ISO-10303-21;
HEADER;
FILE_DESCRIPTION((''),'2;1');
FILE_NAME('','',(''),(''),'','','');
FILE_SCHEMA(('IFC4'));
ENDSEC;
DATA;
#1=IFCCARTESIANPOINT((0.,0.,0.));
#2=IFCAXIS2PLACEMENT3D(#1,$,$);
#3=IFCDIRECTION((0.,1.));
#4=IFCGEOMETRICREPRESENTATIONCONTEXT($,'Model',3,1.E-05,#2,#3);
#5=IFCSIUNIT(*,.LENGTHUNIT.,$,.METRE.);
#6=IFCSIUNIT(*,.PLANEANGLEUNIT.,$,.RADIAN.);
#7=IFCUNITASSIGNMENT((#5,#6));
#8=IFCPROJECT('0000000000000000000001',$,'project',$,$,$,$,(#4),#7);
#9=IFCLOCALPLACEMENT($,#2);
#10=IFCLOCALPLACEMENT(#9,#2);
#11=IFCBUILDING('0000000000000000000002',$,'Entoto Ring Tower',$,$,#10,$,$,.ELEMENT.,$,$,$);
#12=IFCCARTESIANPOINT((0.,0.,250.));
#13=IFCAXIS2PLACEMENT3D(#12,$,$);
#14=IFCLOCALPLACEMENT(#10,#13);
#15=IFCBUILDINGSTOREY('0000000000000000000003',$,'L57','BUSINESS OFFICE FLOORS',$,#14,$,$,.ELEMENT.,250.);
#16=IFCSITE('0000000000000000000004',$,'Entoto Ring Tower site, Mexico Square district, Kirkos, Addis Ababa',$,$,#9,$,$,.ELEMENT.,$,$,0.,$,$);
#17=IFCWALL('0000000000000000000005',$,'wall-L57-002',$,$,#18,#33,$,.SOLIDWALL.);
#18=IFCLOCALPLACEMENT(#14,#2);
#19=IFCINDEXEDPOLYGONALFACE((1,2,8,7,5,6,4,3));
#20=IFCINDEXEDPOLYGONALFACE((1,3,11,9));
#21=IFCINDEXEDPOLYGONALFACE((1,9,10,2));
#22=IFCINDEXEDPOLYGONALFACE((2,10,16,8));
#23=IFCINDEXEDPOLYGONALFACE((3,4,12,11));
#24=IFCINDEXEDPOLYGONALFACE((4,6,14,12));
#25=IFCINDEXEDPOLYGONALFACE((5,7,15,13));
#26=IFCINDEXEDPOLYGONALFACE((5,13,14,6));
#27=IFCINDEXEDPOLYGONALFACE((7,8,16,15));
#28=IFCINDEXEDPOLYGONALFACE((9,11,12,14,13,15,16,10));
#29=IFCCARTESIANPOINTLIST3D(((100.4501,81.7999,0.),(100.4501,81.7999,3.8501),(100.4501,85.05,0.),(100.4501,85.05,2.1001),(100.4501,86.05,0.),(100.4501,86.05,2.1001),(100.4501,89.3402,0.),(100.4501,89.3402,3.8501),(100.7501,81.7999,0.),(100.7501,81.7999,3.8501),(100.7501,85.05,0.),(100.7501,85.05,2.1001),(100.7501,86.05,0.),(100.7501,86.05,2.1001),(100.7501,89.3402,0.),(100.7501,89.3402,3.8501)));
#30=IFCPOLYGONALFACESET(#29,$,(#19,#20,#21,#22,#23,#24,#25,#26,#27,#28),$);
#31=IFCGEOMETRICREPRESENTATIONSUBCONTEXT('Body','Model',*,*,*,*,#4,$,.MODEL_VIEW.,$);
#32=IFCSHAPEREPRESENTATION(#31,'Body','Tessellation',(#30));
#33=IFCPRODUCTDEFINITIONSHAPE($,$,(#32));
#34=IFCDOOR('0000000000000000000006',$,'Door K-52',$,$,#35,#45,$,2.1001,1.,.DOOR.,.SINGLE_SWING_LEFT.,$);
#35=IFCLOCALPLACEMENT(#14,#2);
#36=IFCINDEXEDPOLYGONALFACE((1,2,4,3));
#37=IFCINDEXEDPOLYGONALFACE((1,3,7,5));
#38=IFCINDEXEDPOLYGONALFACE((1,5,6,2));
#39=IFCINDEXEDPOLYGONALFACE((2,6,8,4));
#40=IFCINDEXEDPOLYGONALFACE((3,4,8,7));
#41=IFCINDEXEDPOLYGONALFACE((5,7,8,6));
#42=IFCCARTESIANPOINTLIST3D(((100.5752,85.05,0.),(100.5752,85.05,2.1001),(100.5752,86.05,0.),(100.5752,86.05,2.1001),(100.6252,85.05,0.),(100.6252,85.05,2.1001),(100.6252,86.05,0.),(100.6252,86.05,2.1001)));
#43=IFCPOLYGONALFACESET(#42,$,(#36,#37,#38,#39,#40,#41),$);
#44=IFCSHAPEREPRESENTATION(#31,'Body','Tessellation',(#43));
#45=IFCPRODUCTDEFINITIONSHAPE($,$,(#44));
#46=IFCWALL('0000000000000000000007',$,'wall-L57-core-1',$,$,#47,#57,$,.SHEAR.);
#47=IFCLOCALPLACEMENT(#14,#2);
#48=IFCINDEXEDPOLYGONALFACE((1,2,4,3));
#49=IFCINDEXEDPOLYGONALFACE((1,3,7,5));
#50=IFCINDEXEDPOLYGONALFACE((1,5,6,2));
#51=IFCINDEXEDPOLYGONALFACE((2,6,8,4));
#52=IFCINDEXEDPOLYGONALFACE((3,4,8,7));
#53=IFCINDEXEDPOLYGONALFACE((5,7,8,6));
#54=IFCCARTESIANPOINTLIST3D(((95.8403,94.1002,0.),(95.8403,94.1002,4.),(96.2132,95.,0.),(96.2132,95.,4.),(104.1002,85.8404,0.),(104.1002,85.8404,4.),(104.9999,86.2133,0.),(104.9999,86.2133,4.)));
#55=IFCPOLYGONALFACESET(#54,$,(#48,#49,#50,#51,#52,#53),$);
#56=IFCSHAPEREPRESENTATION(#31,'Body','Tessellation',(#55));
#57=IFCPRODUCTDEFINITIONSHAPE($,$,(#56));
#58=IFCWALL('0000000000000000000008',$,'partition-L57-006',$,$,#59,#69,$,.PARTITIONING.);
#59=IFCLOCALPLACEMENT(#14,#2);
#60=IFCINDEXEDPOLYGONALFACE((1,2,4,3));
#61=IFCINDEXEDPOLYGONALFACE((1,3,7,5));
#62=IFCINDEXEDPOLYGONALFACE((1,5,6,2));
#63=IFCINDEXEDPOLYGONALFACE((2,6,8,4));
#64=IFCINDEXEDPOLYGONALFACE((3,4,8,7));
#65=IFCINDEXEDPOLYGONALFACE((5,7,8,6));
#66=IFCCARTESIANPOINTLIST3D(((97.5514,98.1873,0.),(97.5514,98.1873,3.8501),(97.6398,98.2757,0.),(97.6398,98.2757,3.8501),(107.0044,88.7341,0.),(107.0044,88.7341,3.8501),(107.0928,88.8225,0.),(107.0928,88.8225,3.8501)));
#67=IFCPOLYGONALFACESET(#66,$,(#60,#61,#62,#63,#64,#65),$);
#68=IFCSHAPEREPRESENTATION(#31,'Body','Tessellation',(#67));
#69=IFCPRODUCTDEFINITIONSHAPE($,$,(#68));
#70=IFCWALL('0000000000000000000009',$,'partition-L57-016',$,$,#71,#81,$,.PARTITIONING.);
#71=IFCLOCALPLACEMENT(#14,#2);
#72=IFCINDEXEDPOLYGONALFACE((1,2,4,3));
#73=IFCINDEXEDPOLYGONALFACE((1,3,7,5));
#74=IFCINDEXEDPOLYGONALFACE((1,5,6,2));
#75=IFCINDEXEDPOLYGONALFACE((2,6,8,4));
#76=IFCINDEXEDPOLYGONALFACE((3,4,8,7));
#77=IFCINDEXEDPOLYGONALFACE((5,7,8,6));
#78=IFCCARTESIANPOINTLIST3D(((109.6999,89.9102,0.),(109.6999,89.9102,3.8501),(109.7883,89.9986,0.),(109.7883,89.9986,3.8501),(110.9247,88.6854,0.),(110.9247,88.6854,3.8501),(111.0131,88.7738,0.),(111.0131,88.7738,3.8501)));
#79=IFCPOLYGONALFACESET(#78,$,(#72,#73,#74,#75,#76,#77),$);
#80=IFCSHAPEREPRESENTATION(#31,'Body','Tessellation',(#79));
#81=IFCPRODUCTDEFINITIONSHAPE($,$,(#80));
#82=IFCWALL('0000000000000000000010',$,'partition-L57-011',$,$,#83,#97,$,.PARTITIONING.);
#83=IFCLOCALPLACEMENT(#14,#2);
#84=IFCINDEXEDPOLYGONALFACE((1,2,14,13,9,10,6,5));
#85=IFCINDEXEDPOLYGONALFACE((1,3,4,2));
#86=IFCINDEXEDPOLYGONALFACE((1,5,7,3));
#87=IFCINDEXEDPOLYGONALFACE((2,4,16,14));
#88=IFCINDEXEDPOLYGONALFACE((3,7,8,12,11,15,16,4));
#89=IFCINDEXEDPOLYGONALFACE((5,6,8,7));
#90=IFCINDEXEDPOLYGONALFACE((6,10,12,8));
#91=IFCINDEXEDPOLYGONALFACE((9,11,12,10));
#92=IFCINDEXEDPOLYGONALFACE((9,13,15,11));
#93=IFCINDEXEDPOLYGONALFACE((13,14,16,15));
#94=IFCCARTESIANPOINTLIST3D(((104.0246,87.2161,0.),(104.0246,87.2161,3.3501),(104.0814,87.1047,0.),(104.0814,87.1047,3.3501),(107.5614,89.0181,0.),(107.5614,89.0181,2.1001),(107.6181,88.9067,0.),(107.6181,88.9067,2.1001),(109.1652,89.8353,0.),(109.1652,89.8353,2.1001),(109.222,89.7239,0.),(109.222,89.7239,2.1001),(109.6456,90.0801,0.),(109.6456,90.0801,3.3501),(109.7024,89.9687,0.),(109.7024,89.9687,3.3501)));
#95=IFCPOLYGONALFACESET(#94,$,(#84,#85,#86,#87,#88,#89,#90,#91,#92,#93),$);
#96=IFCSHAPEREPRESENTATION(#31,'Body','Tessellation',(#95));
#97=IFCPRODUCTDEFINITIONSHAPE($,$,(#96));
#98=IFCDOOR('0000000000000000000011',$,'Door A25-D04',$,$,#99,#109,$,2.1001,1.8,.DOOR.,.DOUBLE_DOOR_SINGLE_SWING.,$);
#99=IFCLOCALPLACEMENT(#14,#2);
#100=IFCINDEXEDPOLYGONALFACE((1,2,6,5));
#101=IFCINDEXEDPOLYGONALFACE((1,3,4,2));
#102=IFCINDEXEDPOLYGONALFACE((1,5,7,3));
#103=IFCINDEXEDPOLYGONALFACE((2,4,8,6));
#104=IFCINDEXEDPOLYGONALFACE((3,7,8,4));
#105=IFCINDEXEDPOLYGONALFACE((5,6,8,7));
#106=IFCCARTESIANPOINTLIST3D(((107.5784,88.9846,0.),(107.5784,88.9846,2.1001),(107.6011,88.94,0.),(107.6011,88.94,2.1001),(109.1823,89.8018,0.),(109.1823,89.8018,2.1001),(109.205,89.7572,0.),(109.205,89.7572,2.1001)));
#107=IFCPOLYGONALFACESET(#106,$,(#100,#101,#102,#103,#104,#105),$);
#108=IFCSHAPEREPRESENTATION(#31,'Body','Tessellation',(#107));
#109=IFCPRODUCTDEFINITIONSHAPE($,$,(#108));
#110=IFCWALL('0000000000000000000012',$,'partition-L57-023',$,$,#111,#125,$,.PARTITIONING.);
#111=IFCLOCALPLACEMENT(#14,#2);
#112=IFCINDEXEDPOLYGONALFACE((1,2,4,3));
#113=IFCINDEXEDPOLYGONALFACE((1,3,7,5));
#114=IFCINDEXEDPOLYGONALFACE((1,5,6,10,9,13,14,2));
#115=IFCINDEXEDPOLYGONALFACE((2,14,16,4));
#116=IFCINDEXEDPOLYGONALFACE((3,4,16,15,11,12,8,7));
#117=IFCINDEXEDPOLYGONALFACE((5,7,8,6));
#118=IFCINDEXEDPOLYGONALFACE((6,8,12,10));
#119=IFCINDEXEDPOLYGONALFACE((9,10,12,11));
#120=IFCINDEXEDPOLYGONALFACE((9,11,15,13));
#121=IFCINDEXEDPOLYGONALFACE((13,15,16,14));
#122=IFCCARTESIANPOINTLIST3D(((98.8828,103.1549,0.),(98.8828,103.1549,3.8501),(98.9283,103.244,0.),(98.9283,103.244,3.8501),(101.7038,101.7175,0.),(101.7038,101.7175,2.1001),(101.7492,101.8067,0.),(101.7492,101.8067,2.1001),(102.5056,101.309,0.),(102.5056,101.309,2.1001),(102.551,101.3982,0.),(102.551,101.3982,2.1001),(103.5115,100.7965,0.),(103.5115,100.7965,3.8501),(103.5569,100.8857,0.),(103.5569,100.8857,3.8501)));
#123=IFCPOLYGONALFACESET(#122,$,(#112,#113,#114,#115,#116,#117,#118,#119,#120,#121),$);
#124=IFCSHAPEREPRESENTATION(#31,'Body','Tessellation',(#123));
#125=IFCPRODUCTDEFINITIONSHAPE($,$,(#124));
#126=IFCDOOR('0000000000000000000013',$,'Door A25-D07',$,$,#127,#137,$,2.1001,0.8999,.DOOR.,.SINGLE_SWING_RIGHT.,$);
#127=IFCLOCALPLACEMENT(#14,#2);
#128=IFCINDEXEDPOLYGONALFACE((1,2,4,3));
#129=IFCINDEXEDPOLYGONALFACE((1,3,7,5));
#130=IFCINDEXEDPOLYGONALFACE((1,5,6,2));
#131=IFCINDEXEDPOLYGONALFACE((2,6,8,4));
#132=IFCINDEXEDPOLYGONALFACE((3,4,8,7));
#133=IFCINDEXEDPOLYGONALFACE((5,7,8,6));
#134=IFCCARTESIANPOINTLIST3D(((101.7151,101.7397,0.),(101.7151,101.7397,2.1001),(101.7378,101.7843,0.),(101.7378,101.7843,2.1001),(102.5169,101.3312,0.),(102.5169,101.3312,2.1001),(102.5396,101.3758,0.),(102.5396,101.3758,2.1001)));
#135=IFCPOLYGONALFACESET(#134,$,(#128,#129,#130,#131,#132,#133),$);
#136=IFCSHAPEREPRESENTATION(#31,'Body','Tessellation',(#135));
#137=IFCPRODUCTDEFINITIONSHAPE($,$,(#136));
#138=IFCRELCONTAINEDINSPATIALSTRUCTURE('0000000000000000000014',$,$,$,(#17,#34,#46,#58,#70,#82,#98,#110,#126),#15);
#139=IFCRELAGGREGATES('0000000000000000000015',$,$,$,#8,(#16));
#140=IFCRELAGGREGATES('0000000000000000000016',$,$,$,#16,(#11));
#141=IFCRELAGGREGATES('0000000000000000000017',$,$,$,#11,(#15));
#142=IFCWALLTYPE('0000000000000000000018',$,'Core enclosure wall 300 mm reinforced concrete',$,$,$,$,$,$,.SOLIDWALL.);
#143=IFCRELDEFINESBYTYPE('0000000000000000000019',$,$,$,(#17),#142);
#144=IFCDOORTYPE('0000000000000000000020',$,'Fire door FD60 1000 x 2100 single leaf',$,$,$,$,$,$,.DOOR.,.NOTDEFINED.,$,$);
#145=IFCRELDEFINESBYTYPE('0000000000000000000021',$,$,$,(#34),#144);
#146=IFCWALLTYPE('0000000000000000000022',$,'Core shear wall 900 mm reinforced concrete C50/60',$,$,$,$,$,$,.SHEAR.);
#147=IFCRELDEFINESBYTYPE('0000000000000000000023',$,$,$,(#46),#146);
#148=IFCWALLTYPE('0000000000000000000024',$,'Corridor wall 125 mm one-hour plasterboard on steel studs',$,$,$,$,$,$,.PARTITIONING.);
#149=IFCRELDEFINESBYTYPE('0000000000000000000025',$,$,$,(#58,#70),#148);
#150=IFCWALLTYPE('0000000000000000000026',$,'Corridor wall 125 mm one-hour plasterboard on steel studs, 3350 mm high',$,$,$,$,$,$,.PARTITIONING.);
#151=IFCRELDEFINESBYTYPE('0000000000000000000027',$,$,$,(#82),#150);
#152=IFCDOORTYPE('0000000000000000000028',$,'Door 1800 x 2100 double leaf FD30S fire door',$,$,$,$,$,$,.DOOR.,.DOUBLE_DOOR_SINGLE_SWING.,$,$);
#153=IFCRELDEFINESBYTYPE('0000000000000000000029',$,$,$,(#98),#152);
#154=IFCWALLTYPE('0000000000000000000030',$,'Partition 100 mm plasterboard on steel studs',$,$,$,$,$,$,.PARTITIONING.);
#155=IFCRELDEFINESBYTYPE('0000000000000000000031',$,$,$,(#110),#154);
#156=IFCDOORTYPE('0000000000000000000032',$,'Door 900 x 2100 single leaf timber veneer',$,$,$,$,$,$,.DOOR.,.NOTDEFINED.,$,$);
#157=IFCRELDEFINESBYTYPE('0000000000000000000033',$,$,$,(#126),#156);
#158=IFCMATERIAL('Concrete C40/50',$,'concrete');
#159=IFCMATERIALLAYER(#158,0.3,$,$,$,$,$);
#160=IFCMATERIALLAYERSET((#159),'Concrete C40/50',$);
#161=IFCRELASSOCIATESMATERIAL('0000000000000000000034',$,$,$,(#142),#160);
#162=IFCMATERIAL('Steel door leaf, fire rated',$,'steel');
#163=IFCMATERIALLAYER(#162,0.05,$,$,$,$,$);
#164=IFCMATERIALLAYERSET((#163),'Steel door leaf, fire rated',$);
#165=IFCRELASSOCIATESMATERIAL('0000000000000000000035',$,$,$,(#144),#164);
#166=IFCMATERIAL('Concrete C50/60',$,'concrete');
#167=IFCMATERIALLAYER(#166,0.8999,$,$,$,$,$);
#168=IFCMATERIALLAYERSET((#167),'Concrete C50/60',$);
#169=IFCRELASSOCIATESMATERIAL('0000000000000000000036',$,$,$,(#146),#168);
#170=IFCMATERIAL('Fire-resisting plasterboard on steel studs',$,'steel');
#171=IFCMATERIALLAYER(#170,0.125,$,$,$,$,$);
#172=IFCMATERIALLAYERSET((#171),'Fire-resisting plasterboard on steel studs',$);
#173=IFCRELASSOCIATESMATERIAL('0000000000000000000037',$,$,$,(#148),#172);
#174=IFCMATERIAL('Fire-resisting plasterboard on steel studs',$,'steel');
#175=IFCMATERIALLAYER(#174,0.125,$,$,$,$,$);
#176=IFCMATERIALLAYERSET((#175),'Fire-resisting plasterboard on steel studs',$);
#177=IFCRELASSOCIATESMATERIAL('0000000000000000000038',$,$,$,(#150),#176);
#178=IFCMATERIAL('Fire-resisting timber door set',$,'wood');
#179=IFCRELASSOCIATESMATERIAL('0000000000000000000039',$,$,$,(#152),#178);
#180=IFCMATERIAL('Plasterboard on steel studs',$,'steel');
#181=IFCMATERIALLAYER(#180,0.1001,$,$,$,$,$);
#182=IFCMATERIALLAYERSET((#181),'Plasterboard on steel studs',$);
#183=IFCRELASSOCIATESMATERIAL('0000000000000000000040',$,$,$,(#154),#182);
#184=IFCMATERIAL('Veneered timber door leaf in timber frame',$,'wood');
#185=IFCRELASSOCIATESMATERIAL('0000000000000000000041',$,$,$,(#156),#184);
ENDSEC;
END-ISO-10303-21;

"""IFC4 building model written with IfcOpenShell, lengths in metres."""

from ifc_helpers import new_model, si_unit, direction, frame, frame_2d, origin, place, context, subcontext, project, spatial, polyline, rectangle, outline, extrude, material, layer, layer_set, type_object, element, fill, save


model = new_model("IFC4")

# Units and contexts
model_context = context("Model", 3, precision=1e-05, world=origin(), true_north=direction((0.0, 1.0)))
body_context = subcontext(model_context, "Body", "Model", "MODEL_VIEW")
ifc_project = project(units=[si_unit("LENGTHUNIT", "METRE"), si_unit("PLANEANGLEUNIT", "RADIAN")], contexts=[model_context])

# Site, building, storey
site_placement = place(None, origin())
site = spatial("IfcSite", under=ifc_project, at=site_placement, Name="Entoto Ring Tower site, Mexico Square district, Kirkos, Addis Ababa", CompositionType="ELEMENT", RefElevation=0.0)
building_placement = place(site_placement, origin())
building = spatial("IfcBuilding", under=site, at=building_placement, Name="Entoto Ring Tower", CompositionType="ELEMENT")
storey_placement = place(building_placement, frame((0.0, 0.0, 250.0)))
storey = spatial("IfcBuildingStorey", under=building, at=storey_placement, Name="L57", Description="BUSINESS OFFICE FLOORS", CompositionType="ELEMENT", Elevation=250.0)

# Wall, opening, door
ifc_material_1 = material(Name="Concrete C40/50", Category="concrete")
ifc_layer_1 = layer(ifc_material_1, 0.3)
ifc_layer_set_1 = layer_set([ifc_layer_1], Name="Concrete C40/50")
wall_type_1 = type_object("IfcWallType", Name="Core enclosure wall 300 mm reinforced concrete", PredefinedType="SOLIDWALL", material=ifc_layer_set_1)
wall_1_placement = place(storey_placement, frame((100.6001, 81.8, 0.0), z_axis=(0.0, 0.0, 1.0), x_axis=(0.0, 1.0, 0.0)))
wall_1 = element("IfcWall", 1, at=wall_1_placement, inside=storey, type_object=wall_type_1, Name="wall-L57-002", PredefinedType="SOLIDWALL", context=body_context, shape_type="SweptSolid", body=[
    extrude(rectangle(XDim=7.5403, YDim=0.3, at=frame_2d((3.77, 0.0))), origin(), (0.0, 0.0, 1.0), 3.8501),
])
opening_1_placement = place(wall_1_placement, frame((3.25, 0.0, 0.0)))
opening_1 = element("IfcOpeningElement", 2, at=opening_1_placement, cuts=wall_1, PredefinedType="OPENING", context=body_context, shape_type="SweptSolid", body=[
    extrude(rectangle(XDim=1.0, YDim=2.1001, at=frame_2d((0.5, 1.05))), frame((0.0, 0.1602, 0.0), z_axis=(0.0, -1.0, 0.0), x_axis=(1.0, 0.0, 0.0)), (0.0, 0.0, 1.0), 0.3201),
])
ifc_material_2 = material(Name="Steel door leaf, fire rated", Category="steel")
ifc_layer_2 = layer(ifc_material_2, 0.05)
ifc_layer_set_2 = layer_set([ifc_layer_2], Name="Steel door leaf, fire rated")
door_type_1 = type_object("IfcDoorType", Name="Fire door FD60 1000 x 2100 single leaf", OperationType="NOTDEFINED", PredefinedType="DOOR", material=ifc_layer_set_2)
door_1_placement = place(opening_1_placement, origin())
door_1 = element("IfcDoor", 3, at=door_1_placement, inside=storey, type_object=door_type_1, Name="Door K-52", OperationType="SINGLE_SWING_LEFT", OverallHeight=2.1001, OverallWidth=1.0, PredefinedType="DOOR", context=body_context, shape_type="SweptSolid", body=[
    extrude(rectangle(XDim=1.0, YDim=2.1001, at=frame_2d((0.5, 1.05))), frame((0.0, 0.0249, 0.0), z_axis=(0.0, -1.0, 0.0), x_axis=(1.0, 0.0, 0.0)), (0.0, 0.0, 1.0), 0.05),
])
fill(opening_1, door_1)

# Walls
ifc_material_3 = material(Name="Concrete C50/60", Category="concrete")
ifc_layer_3 = layer(ifc_material_3, 0.8999)
ifc_layer_set_3 = layer_set([ifc_layer_3], Name="Concrete C50/60")
wall_type_2 = type_object("IfcWallType", Name="Core shear wall 900 mm reinforced concrete C50/60", PredefinedType="SHEAR", material=ifc_layer_set_3)
wall_2_placement = place(storey_placement, frame((104.55, 86.0269, 0.0), z_axis=(0.0, 0.0, 1.0), x_axis=(-0.707107, 0.707107, 0.0)))
element("IfcWall", 4, at=wall_2_placement, inside=storey, type_object=wall_type_2, Name="wall-L57-core-1", PredefinedType="SHEAR", context=body_context, shape_type="SweptSolid", body=[
    extrude(outline(polyline([(-0.1863, -0.45), (12.24, -0.45), (11.8674, 0.45), (0.1863, 0.45), (-0.1863, -0.45)])), origin(), (0.0, 0.0, 1.0), 4.0),
])
ifc_material_4 = material(Name="Fire-resisting plasterboard on steel studs", Category="steel")
ifc_layer_4 = layer(ifc_material_4, 0.125)
ifc_layer_set_4 = layer_set([ifc_layer_4], Name="Fire-resisting plasterboard on steel studs")
wall_type_3 = type_object("IfcWallType", Name="Corridor wall 125 mm one-hour plasterboard on steel studs", PredefinedType="PARTITIONING", material=ifc_layer_set_4)
wall_3_placement = place(storey_placement, frame((107.0486, 88.7783, 0.0), z_axis=(0.0, 0.0, 1.0), x_axis=(-0.707098, 0.707116, 0.0)))
element("IfcWall", 5, at=wall_3_placement, inside=storey, type_object=wall_type_3, Name="partition-L57-006", PredefinedType="PARTITIONING", context=body_context, shape_type="SweptSolid", body=[
    extrude(rectangle(XDim=13.3687, YDim=0.125, at=frame_2d((6.6843, 0.0))), origin(), (0.0, 0.0, 1.0), 3.8501),
])
wall_4_placement = place(storey_placement, frame((110.969, 88.7295, 0.0), z_axis=(0.0, 0.0, 1.0), x_axis=(-0.707107, 0.707107, 0.0)))
element("IfcWall", 6, at=wall_4_placement, inside=storey, type_object=wall_type_3, Name="partition-L57-016", PredefinedType="PARTITIONING", context=body_context, shape_type="SweptSolid", body=[
    extrude(rectangle(XDim=1.7322, YDim=0.125, at=frame_2d((0.8662, 0.0))), origin(), (0.0, 0.0, 1.0), 3.8501),
])

# Walls, openings, doors
ifc_material_5 = material(Name="Fire-resisting plasterboard on steel studs", Category="steel")
ifc_layer_5 = layer(ifc_material_5, 0.125)
ifc_layer_set_5 = layer_set([ifc_layer_5], Name="Fire-resisting plasterboard on steel studs")
wall_type_4 = type_object("IfcWallType", Name="Corridor wall 125 mm one-hour plasterboard on steel studs, 3350 mm high", PredefinedType="PARTITIONING", material=ifc_layer_set_5)
wall_5_placement = place(storey_placement, frame((104.053, 87.1604, 0.0), z_axis=(0.0, 0.0, 1.0), x_axis=(0.891011, 0.453981, 0.0)))
wall_5 = element("IfcWall", 7, at=wall_5_placement, inside=storey, type_object=wall_type_4, Name="partition-L57-011", PredefinedType="PARTITIONING", context=body_context, shape_type="SweptSolid", body=[
    extrude(rectangle(XDim=6.3086, YDim=0.125, at=frame_2d((3.1543, 0.0))), origin(), (0.0, 0.0, 1.0), 3.3501),
])
opening_2_placement = place(wall_5_placement, frame((3.9695, 0.0, 0.0)))
opening_2 = element("IfcOpeningElement", 8, at=opening_2_placement, cuts=wall_5, PredefinedType="OPENING", context=body_context, shape_type="SweptSolid", body=[
    extrude(rectangle(XDim=1.8, YDim=2.1001, at=frame_2d((0.8999, 1.05))), frame((0.0, 0.0725, 0.0), z_axis=(0.0, -1.0, 0.0), x_axis=(1.0, 0.0, 0.0)), (0.0, 0.0, 1.0), 0.145),
])
ifc_material_6 = material(Name="Fire-resisting timber door set", Category="wood")
door_type_2 = type_object("IfcDoorType", Name="Door 1800 x 2100 double leaf FD30S fire door", OperationType="DOUBLE_DOOR_SINGLE_SWING", PredefinedType="DOOR", material=ifc_material_6)
door_2_placement = place(opening_2_placement, origin())
door_2 = element("IfcDoor", 9, at=door_2_placement, inside=storey, type_object=door_type_2, Name="Door A25-D04", OperationType="DOUBLE_DOOR_SINGLE_SWING", OverallHeight=2.1001, OverallWidth=1.8, PredefinedType="DOOR", context=body_context, shape_type="SweptSolid", body=[
    extrude(rectangle(XDim=1.8, YDim=2.1001, at=frame_2d((0.8999, 1.05))), frame((0.0, 0.0249, 0.0), z_axis=(0.0, -1.0, 0.0), x_axis=(1.0, 0.0, 0.0)), (0.0, 0.0, 1.0), 0.05),
])
fill(opening_2, door_2)
ifc_material_7 = material(Name="Plasterboard on steel studs", Category="steel")
ifc_layer_6 = layer(ifc_material_7, 0.1001)
ifc_layer_set_6 = layer_set([ifc_layer_6], Name="Plasterboard on steel studs")
wall_type_5 = type_object("IfcWallType", Name="Partition 100 mm plasterboard on steel studs", PredefinedType="PARTITIONING", material=ifc_layer_set_6)
wall_6_placement = place(storey_placement, frame((103.5342, 100.8411, 0.0), z_axis=(0.0, 0.0, 1.0), x_axis=(-0.891008, 0.453987, 0.0)))
wall_6 = element("IfcWall", 10, at=wall_6_placement, inside=storey, type_object=wall_type_5, Name="partition-L57-023", PredefinedType="PARTITIONING", context=body_context, shape_type="SweptSolid", body=[
    extrude(rectangle(XDim=5.1948, YDim=0.1001, at=frame_2d((2.5974, 0.0))), origin(), (0.0, 0.0, 1.0), 3.8501),
])
opening_3_placement = place(wall_6_placement, frame((1.1289, 0.0, 0.0)))
opening_3 = element("IfcOpeningElement", 11, at=opening_3_placement, cuts=wall_6, PredefinedType="OPENING", context=body_context, shape_type="SweptSolid", body=[
    extrude(rectangle(XDim=0.8999, YDim=2.1001, at=frame_2d((0.45, 1.05))), frame((0.0, 0.0601, 0.0), z_axis=(0.0, -1.0, 0.0), x_axis=(1.0, 0.0, 0.0)), (0.0, 0.0, 1.0), 0.1201),
])
ifc_material_8 = material(Name="Veneered timber door leaf in timber frame", Category="wood")
door_type_3 = type_object("IfcDoorType", Name="Door 900 x 2100 single leaf timber veneer", OperationType="NOTDEFINED", PredefinedType="DOOR", material=ifc_material_8)
door_3_placement = place(opening_3_placement, frame((0.8999, 0.0, 0.0), z_axis=(0.0, 0.0, 1.0), x_axis=(-1.0, 0.0, 0.0)))
door_3 = element("IfcDoor", 12, at=door_3_placement, inside=storey, type_object=door_type_3, Name="Door A25-D07", OperationType="SINGLE_SWING_RIGHT", OverallHeight=2.1001, OverallWidth=0.8999, PredefinedType="DOOR", context=body_context, shape_type="SweptSolid", body=[
    extrude(rectangle(XDim=0.8999, YDim=2.1001, at=frame_2d((0.45, 1.05))), frame((0.0, 0.0249, 0.0), z_axis=(0.0, -1.0, 0.0), x_axis=(1.0, 0.0, 0.0)), (0.0, 0.0, 1.0), 0.05),
])
fill(opening_3, door_3)

save(model, "model.ifc")
